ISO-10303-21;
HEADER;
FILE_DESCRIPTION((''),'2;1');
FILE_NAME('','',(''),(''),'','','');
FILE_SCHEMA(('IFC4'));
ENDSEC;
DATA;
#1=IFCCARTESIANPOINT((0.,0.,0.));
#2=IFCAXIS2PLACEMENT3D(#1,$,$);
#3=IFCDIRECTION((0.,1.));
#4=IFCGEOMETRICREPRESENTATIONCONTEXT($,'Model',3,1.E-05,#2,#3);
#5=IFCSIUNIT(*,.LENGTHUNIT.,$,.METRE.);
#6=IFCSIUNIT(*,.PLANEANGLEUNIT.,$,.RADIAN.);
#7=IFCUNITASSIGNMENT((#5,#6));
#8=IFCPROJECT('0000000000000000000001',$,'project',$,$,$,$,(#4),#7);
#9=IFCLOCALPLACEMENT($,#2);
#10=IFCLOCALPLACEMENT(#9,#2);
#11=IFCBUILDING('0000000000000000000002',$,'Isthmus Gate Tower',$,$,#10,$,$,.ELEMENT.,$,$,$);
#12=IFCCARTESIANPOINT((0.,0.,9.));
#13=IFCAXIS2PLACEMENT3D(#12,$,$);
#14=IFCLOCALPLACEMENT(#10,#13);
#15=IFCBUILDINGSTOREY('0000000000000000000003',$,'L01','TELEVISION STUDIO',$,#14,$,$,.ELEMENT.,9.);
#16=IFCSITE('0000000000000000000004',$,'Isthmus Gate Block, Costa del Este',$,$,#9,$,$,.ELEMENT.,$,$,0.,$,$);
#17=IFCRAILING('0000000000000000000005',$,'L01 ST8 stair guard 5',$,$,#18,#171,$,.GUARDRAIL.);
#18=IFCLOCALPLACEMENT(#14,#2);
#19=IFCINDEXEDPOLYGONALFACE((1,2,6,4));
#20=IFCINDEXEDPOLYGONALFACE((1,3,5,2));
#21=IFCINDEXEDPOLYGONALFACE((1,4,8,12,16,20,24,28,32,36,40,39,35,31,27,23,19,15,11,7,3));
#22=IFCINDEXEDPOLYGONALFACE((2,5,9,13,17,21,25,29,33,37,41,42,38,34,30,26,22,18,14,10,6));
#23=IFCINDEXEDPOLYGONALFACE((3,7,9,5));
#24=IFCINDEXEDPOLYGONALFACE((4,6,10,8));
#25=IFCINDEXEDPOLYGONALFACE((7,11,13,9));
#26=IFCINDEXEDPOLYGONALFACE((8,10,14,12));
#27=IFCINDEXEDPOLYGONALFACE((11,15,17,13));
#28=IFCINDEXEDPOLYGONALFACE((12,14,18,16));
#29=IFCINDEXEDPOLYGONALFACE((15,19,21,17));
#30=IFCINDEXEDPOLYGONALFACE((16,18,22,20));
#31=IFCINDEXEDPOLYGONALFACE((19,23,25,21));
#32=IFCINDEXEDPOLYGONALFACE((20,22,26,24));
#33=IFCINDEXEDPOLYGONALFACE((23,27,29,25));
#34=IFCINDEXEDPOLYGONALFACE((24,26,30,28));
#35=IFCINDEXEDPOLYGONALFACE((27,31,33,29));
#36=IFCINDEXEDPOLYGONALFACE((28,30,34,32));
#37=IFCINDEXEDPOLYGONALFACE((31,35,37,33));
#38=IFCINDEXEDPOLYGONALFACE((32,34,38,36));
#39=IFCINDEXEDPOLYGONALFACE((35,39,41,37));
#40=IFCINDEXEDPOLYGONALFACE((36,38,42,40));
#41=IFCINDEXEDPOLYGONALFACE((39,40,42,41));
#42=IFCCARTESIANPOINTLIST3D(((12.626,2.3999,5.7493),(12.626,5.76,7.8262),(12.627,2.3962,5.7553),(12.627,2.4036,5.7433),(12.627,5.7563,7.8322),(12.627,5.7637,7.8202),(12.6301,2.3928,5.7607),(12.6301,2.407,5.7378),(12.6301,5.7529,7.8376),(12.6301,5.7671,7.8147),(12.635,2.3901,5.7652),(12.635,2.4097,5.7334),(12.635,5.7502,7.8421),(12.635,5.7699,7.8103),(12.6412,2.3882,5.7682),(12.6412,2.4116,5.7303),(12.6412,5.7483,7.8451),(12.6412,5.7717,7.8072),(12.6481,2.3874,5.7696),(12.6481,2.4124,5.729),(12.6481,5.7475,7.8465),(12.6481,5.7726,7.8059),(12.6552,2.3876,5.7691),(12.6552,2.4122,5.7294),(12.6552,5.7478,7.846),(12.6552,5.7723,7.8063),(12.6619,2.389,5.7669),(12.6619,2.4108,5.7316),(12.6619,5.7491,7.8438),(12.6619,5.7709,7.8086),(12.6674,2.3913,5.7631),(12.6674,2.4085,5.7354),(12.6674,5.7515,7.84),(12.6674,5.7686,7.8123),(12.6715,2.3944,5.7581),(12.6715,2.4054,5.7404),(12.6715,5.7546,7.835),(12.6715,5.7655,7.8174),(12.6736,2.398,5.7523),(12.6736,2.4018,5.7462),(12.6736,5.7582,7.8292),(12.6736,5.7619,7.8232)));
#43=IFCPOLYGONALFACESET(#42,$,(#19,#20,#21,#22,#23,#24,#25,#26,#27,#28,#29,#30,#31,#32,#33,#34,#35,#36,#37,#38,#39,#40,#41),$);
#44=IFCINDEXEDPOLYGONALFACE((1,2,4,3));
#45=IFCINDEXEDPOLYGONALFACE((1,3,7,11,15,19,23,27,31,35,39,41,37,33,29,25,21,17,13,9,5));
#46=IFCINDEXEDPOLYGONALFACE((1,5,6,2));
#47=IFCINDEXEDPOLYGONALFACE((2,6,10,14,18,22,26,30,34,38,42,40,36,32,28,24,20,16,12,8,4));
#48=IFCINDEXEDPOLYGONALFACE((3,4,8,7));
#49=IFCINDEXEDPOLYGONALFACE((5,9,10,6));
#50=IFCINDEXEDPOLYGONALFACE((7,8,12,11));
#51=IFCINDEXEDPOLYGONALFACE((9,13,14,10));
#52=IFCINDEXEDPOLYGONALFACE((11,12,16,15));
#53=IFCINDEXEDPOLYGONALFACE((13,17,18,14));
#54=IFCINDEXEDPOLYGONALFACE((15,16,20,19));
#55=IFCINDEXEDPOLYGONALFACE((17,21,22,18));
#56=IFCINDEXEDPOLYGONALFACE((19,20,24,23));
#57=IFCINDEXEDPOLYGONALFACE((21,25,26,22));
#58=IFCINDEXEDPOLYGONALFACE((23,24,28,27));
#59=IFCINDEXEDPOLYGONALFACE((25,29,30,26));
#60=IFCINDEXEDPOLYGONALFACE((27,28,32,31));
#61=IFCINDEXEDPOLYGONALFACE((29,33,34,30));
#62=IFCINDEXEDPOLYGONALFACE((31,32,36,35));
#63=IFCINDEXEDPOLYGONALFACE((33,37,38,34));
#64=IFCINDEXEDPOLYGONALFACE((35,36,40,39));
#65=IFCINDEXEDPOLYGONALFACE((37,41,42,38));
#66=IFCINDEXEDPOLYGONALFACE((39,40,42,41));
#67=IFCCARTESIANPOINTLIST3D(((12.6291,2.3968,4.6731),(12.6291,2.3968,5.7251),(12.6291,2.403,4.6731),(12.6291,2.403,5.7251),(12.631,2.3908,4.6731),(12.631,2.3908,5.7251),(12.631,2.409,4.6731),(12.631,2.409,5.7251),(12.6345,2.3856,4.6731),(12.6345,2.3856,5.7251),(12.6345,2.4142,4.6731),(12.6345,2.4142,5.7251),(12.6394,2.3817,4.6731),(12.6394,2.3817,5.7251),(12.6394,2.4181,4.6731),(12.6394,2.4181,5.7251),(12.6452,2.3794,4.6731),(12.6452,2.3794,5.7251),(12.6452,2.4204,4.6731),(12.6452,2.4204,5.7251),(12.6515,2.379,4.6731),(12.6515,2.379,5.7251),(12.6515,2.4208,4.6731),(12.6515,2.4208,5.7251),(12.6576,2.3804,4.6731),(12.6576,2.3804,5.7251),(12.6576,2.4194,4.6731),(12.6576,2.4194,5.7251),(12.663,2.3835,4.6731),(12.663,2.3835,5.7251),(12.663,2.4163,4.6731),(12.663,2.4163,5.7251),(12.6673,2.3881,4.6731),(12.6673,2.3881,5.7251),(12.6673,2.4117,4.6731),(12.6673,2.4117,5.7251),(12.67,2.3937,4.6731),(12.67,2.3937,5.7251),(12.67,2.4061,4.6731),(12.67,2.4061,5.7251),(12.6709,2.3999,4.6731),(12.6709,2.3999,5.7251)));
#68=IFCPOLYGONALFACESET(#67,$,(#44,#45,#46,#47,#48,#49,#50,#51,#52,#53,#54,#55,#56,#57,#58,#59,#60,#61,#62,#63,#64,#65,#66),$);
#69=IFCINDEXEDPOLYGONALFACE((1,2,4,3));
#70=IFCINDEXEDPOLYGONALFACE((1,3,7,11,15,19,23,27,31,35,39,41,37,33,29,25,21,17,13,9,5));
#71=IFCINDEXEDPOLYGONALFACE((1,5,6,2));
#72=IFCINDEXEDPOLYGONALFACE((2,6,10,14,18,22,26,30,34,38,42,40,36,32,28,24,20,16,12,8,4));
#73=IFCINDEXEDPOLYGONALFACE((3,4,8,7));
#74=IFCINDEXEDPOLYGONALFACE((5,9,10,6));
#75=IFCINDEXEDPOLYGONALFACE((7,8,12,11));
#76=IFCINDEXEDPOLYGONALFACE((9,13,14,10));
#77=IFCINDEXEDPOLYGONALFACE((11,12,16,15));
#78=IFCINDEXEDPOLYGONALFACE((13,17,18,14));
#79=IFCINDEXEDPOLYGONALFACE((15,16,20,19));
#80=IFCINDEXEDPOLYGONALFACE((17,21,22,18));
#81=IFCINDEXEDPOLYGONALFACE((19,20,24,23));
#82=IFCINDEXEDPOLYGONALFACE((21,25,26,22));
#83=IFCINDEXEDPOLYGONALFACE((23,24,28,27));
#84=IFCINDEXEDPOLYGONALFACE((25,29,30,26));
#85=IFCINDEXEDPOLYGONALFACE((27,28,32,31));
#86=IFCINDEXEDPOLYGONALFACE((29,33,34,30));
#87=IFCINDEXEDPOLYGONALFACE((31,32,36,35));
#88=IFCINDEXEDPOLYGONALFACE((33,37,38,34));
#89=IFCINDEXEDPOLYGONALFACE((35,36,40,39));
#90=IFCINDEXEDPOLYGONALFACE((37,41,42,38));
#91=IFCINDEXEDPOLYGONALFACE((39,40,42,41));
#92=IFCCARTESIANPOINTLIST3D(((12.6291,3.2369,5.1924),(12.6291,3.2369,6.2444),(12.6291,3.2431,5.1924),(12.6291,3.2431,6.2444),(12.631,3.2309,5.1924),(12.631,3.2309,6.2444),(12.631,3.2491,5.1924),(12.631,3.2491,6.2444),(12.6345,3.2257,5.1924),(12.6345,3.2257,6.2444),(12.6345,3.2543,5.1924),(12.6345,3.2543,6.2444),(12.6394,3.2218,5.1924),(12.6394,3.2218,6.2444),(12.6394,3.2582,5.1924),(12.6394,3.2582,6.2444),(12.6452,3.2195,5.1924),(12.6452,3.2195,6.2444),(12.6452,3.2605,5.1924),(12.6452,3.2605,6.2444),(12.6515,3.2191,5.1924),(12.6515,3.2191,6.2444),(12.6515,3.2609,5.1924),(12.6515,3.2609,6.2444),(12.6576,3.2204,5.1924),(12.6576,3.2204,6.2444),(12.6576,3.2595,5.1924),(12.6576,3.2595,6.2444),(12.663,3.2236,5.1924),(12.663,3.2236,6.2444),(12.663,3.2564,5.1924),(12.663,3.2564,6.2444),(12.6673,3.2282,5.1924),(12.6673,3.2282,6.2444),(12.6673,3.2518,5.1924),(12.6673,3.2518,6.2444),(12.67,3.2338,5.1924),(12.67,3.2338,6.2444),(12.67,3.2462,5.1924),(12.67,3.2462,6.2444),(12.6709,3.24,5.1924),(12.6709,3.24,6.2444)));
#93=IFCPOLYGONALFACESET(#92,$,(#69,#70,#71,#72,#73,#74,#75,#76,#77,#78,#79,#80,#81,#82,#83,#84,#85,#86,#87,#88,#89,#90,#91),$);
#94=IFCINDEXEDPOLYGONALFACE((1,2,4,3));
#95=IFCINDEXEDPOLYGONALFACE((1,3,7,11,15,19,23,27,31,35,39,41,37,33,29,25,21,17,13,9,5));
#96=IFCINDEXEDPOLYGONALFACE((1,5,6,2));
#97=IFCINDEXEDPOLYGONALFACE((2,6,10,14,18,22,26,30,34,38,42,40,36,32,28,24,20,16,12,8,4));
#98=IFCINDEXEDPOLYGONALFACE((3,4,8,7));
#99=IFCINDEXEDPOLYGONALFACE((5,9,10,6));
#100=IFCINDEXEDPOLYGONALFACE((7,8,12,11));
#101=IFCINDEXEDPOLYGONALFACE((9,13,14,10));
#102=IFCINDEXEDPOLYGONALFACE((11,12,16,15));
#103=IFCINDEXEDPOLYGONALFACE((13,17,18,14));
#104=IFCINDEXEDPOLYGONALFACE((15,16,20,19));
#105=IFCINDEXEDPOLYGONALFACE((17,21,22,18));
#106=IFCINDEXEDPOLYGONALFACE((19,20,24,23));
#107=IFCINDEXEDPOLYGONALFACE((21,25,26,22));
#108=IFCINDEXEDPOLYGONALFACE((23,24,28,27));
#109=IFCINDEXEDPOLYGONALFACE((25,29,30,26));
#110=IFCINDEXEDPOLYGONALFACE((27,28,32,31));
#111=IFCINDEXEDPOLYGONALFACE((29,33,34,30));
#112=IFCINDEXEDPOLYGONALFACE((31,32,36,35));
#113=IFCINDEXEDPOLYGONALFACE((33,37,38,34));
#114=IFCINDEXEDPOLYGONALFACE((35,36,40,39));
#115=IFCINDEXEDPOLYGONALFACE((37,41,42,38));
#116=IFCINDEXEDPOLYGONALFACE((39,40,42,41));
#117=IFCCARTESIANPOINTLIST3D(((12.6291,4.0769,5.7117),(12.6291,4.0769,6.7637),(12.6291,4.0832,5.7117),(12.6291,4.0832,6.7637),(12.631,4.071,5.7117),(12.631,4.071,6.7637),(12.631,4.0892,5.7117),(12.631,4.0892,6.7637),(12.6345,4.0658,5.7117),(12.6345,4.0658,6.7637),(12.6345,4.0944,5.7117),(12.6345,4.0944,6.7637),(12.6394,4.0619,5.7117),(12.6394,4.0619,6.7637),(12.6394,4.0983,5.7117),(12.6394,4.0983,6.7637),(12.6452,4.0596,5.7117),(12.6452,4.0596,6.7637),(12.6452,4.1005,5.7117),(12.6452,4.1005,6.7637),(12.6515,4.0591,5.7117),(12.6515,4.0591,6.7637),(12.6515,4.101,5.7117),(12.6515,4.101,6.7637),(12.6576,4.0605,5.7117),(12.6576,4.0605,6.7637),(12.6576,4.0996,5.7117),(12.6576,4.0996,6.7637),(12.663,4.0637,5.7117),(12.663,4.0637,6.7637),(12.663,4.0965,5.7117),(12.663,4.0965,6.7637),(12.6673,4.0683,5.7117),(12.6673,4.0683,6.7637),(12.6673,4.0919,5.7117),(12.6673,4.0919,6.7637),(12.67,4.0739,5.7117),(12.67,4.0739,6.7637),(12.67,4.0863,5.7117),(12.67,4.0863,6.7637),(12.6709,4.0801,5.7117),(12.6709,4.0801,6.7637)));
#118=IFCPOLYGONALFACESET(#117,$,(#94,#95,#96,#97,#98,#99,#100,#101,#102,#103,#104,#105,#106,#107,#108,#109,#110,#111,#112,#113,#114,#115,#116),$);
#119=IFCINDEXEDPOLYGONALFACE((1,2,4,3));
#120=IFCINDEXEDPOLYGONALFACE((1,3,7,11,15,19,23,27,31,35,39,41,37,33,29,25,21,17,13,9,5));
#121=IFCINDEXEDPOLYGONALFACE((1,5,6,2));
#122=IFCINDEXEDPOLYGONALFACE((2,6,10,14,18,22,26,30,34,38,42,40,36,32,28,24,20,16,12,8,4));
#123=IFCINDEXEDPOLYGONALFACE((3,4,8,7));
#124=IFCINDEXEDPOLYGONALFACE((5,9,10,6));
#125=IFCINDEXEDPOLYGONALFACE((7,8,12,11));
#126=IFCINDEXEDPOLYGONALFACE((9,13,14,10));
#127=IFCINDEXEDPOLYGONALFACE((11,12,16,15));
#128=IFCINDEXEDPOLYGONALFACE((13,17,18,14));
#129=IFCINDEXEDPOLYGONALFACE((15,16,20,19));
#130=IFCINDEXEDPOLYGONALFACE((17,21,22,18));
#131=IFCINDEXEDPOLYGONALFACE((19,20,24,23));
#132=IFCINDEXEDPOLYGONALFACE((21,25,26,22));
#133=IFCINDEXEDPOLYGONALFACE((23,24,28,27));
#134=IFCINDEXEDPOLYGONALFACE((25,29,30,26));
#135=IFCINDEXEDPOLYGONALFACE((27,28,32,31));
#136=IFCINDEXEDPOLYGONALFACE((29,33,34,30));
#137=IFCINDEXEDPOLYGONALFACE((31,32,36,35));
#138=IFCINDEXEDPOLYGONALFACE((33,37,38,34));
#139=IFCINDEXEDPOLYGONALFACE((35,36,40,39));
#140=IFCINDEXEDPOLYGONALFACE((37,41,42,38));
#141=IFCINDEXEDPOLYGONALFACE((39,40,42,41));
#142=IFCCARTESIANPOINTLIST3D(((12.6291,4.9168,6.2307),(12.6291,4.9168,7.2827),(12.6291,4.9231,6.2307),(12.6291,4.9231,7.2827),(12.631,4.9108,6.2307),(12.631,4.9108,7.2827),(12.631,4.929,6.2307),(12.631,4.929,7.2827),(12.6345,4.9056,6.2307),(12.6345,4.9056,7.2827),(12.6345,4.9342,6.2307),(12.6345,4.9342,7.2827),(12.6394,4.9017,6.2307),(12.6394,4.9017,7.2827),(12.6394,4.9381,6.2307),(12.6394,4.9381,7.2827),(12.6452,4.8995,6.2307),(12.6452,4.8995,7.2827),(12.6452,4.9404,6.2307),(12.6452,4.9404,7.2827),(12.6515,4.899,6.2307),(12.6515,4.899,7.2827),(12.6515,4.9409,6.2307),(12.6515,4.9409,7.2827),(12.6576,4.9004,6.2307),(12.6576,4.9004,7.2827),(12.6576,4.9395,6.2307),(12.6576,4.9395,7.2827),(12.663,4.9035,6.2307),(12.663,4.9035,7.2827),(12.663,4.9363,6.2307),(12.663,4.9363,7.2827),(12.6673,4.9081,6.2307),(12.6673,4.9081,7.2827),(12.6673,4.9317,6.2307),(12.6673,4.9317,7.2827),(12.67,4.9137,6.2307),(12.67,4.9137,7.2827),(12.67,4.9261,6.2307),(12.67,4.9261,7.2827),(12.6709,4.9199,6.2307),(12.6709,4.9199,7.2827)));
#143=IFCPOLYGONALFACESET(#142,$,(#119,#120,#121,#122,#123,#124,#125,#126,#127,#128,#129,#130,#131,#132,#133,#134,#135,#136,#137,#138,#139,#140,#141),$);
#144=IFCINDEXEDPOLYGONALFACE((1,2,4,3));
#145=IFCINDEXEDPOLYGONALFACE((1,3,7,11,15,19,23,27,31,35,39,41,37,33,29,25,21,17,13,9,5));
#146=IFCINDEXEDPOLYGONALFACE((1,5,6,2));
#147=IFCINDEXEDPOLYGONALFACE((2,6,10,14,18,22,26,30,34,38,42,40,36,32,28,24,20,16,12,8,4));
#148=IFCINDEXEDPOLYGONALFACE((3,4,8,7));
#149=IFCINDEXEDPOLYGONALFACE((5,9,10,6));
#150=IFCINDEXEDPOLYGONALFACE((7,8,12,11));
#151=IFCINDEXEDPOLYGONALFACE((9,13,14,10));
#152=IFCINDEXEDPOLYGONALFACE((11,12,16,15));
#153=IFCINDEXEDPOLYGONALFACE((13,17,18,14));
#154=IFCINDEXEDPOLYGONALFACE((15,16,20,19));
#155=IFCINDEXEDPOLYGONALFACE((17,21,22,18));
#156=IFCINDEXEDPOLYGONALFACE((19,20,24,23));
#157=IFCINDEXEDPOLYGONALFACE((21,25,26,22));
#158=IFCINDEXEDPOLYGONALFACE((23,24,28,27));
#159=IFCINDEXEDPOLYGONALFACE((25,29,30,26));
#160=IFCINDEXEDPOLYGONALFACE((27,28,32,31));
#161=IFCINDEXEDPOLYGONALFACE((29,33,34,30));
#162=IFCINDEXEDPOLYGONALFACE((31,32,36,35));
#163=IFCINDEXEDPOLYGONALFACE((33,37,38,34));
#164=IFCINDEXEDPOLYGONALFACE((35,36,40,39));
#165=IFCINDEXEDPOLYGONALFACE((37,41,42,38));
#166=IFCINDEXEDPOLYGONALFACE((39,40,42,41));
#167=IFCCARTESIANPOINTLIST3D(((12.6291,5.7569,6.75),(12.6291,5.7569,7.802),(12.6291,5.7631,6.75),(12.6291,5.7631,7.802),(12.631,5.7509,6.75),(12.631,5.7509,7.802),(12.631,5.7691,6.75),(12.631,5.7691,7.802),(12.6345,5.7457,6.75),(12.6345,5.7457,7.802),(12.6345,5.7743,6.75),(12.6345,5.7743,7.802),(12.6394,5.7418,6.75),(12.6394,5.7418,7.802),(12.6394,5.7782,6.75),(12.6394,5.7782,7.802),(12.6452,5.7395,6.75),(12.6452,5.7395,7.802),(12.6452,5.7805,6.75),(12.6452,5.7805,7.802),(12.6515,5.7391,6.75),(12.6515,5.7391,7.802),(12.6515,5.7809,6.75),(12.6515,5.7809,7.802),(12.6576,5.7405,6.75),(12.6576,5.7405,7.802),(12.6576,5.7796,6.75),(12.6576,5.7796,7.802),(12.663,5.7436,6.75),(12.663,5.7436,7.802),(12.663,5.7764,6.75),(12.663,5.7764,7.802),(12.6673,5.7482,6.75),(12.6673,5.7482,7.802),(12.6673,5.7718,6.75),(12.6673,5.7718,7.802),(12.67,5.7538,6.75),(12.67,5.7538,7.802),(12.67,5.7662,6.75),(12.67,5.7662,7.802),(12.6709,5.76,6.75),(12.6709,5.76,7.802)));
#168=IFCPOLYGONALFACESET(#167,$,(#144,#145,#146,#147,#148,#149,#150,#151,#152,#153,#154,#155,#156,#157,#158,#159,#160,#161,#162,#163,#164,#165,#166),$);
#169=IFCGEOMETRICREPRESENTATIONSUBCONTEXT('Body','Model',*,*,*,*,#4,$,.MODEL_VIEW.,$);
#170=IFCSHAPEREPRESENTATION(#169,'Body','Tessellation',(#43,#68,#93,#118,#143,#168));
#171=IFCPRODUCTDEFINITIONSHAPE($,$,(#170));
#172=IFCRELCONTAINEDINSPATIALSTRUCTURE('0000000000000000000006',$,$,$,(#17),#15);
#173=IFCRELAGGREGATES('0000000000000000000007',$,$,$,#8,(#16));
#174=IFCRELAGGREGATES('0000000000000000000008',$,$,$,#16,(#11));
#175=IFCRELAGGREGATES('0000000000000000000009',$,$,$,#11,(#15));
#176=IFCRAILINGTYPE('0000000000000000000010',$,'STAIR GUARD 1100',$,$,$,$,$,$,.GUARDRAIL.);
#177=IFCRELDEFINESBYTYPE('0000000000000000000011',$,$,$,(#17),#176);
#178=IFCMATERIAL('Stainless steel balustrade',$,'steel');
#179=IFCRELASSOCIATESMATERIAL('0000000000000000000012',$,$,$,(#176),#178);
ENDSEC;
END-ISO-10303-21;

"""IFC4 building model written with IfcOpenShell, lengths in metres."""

from ifc_helpers import new_model, si_unit, direction, frame, origin, origin_2d, place, context, subcontext, project, spatial, circle, extrude, material, type_object, element, save


model = new_model("IFC4")

# Units and contexts
model_context = context("Model", 3, precision=1e-05, world=origin(), true_north=direction((0.0, 1.0)))
body_context = subcontext(model_context, "Body", "Model", "MODEL_VIEW")
ifc_project = project(units=[si_unit("LENGTHUNIT", "METRE"), si_unit("PLANEANGLEUNIT", "RADIAN")], contexts=[model_context])

# Site, building, storey
site_placement = place(None, origin())
site = spatial("IfcSite", under=ifc_project, at=site_placement, Name="Isthmus Gate Block, Costa del Este", CompositionType="ELEMENT", RefElevation=0.0)
building_placement = place(site_placement, origin())
building = spatial("IfcBuilding", under=site, at=building_placement, Name="Isthmus Gate Tower", CompositionType="ELEMENT")
storey_placement = place(building_placement, frame((0.0, 0.0, 9.0)))
storey = spatial("IfcBuildingStorey", under=building, at=storey_placement, Name="L01", Description="TELEVISION STUDIO", CompositionType="ELEMENT", Elevation=9.0)

# Railing
ifc_material_1 = material(Name="Stainless steel balustrade", Category="steel")
railing_type_1 = type_object("IfcRailingType", Name="STAIR GUARD 1100", PredefinedType="GUARDRAIL", material=ifc_material_1)
railing_1_placement = place(storey_placement, frame((12.6499, 2.3999, 4.6731)))
element("IfcRailing", 1, at=railing_1_placement, inside=storey, type_object=railing_type_1, Name="L01 ST8 stair guard 5", PredefinedType="GUARDRAIL", context=body_context, shape_type="SweptSolid", body=[
    extrude(circle(Radius=0.0239, at=origin_2d()), frame((0.0, 0.0, 1.0762), z_axis=(0.0, 0.850623, 0.525776), x_axis=(-1.0, 0.0, 0.0)), (0.0, 0.0, 1.0), 3.9502),
    extrude(circle(Radius=0.021, at=origin_2d()), origin(), (0.0, 0.0, 1.0), 1.052),
    extrude(circle(Radius=0.021, at=origin_2d()), frame((0.0, 0.8401, 0.5193)), (0.0, 0.0, 1.0), 1.052),
    extrude(circle(Radius=0.021, at=origin_2d()), frame((0.0, 1.6802, 1.0386)), (0.0, 0.0, 1.0), 1.052),
    extrude(circle(Radius=0.021, at=origin_2d()), frame((0.0, 2.52, 1.5576)), (0.0, 0.0, 1.0), 1.052),
    extrude(circle(Radius=0.021, at=origin_2d()), frame((0.0, 3.3601, 2.0769)), (0.0, 0.0, 1.0), 1.052),
])

save(model, "model.ifc")
